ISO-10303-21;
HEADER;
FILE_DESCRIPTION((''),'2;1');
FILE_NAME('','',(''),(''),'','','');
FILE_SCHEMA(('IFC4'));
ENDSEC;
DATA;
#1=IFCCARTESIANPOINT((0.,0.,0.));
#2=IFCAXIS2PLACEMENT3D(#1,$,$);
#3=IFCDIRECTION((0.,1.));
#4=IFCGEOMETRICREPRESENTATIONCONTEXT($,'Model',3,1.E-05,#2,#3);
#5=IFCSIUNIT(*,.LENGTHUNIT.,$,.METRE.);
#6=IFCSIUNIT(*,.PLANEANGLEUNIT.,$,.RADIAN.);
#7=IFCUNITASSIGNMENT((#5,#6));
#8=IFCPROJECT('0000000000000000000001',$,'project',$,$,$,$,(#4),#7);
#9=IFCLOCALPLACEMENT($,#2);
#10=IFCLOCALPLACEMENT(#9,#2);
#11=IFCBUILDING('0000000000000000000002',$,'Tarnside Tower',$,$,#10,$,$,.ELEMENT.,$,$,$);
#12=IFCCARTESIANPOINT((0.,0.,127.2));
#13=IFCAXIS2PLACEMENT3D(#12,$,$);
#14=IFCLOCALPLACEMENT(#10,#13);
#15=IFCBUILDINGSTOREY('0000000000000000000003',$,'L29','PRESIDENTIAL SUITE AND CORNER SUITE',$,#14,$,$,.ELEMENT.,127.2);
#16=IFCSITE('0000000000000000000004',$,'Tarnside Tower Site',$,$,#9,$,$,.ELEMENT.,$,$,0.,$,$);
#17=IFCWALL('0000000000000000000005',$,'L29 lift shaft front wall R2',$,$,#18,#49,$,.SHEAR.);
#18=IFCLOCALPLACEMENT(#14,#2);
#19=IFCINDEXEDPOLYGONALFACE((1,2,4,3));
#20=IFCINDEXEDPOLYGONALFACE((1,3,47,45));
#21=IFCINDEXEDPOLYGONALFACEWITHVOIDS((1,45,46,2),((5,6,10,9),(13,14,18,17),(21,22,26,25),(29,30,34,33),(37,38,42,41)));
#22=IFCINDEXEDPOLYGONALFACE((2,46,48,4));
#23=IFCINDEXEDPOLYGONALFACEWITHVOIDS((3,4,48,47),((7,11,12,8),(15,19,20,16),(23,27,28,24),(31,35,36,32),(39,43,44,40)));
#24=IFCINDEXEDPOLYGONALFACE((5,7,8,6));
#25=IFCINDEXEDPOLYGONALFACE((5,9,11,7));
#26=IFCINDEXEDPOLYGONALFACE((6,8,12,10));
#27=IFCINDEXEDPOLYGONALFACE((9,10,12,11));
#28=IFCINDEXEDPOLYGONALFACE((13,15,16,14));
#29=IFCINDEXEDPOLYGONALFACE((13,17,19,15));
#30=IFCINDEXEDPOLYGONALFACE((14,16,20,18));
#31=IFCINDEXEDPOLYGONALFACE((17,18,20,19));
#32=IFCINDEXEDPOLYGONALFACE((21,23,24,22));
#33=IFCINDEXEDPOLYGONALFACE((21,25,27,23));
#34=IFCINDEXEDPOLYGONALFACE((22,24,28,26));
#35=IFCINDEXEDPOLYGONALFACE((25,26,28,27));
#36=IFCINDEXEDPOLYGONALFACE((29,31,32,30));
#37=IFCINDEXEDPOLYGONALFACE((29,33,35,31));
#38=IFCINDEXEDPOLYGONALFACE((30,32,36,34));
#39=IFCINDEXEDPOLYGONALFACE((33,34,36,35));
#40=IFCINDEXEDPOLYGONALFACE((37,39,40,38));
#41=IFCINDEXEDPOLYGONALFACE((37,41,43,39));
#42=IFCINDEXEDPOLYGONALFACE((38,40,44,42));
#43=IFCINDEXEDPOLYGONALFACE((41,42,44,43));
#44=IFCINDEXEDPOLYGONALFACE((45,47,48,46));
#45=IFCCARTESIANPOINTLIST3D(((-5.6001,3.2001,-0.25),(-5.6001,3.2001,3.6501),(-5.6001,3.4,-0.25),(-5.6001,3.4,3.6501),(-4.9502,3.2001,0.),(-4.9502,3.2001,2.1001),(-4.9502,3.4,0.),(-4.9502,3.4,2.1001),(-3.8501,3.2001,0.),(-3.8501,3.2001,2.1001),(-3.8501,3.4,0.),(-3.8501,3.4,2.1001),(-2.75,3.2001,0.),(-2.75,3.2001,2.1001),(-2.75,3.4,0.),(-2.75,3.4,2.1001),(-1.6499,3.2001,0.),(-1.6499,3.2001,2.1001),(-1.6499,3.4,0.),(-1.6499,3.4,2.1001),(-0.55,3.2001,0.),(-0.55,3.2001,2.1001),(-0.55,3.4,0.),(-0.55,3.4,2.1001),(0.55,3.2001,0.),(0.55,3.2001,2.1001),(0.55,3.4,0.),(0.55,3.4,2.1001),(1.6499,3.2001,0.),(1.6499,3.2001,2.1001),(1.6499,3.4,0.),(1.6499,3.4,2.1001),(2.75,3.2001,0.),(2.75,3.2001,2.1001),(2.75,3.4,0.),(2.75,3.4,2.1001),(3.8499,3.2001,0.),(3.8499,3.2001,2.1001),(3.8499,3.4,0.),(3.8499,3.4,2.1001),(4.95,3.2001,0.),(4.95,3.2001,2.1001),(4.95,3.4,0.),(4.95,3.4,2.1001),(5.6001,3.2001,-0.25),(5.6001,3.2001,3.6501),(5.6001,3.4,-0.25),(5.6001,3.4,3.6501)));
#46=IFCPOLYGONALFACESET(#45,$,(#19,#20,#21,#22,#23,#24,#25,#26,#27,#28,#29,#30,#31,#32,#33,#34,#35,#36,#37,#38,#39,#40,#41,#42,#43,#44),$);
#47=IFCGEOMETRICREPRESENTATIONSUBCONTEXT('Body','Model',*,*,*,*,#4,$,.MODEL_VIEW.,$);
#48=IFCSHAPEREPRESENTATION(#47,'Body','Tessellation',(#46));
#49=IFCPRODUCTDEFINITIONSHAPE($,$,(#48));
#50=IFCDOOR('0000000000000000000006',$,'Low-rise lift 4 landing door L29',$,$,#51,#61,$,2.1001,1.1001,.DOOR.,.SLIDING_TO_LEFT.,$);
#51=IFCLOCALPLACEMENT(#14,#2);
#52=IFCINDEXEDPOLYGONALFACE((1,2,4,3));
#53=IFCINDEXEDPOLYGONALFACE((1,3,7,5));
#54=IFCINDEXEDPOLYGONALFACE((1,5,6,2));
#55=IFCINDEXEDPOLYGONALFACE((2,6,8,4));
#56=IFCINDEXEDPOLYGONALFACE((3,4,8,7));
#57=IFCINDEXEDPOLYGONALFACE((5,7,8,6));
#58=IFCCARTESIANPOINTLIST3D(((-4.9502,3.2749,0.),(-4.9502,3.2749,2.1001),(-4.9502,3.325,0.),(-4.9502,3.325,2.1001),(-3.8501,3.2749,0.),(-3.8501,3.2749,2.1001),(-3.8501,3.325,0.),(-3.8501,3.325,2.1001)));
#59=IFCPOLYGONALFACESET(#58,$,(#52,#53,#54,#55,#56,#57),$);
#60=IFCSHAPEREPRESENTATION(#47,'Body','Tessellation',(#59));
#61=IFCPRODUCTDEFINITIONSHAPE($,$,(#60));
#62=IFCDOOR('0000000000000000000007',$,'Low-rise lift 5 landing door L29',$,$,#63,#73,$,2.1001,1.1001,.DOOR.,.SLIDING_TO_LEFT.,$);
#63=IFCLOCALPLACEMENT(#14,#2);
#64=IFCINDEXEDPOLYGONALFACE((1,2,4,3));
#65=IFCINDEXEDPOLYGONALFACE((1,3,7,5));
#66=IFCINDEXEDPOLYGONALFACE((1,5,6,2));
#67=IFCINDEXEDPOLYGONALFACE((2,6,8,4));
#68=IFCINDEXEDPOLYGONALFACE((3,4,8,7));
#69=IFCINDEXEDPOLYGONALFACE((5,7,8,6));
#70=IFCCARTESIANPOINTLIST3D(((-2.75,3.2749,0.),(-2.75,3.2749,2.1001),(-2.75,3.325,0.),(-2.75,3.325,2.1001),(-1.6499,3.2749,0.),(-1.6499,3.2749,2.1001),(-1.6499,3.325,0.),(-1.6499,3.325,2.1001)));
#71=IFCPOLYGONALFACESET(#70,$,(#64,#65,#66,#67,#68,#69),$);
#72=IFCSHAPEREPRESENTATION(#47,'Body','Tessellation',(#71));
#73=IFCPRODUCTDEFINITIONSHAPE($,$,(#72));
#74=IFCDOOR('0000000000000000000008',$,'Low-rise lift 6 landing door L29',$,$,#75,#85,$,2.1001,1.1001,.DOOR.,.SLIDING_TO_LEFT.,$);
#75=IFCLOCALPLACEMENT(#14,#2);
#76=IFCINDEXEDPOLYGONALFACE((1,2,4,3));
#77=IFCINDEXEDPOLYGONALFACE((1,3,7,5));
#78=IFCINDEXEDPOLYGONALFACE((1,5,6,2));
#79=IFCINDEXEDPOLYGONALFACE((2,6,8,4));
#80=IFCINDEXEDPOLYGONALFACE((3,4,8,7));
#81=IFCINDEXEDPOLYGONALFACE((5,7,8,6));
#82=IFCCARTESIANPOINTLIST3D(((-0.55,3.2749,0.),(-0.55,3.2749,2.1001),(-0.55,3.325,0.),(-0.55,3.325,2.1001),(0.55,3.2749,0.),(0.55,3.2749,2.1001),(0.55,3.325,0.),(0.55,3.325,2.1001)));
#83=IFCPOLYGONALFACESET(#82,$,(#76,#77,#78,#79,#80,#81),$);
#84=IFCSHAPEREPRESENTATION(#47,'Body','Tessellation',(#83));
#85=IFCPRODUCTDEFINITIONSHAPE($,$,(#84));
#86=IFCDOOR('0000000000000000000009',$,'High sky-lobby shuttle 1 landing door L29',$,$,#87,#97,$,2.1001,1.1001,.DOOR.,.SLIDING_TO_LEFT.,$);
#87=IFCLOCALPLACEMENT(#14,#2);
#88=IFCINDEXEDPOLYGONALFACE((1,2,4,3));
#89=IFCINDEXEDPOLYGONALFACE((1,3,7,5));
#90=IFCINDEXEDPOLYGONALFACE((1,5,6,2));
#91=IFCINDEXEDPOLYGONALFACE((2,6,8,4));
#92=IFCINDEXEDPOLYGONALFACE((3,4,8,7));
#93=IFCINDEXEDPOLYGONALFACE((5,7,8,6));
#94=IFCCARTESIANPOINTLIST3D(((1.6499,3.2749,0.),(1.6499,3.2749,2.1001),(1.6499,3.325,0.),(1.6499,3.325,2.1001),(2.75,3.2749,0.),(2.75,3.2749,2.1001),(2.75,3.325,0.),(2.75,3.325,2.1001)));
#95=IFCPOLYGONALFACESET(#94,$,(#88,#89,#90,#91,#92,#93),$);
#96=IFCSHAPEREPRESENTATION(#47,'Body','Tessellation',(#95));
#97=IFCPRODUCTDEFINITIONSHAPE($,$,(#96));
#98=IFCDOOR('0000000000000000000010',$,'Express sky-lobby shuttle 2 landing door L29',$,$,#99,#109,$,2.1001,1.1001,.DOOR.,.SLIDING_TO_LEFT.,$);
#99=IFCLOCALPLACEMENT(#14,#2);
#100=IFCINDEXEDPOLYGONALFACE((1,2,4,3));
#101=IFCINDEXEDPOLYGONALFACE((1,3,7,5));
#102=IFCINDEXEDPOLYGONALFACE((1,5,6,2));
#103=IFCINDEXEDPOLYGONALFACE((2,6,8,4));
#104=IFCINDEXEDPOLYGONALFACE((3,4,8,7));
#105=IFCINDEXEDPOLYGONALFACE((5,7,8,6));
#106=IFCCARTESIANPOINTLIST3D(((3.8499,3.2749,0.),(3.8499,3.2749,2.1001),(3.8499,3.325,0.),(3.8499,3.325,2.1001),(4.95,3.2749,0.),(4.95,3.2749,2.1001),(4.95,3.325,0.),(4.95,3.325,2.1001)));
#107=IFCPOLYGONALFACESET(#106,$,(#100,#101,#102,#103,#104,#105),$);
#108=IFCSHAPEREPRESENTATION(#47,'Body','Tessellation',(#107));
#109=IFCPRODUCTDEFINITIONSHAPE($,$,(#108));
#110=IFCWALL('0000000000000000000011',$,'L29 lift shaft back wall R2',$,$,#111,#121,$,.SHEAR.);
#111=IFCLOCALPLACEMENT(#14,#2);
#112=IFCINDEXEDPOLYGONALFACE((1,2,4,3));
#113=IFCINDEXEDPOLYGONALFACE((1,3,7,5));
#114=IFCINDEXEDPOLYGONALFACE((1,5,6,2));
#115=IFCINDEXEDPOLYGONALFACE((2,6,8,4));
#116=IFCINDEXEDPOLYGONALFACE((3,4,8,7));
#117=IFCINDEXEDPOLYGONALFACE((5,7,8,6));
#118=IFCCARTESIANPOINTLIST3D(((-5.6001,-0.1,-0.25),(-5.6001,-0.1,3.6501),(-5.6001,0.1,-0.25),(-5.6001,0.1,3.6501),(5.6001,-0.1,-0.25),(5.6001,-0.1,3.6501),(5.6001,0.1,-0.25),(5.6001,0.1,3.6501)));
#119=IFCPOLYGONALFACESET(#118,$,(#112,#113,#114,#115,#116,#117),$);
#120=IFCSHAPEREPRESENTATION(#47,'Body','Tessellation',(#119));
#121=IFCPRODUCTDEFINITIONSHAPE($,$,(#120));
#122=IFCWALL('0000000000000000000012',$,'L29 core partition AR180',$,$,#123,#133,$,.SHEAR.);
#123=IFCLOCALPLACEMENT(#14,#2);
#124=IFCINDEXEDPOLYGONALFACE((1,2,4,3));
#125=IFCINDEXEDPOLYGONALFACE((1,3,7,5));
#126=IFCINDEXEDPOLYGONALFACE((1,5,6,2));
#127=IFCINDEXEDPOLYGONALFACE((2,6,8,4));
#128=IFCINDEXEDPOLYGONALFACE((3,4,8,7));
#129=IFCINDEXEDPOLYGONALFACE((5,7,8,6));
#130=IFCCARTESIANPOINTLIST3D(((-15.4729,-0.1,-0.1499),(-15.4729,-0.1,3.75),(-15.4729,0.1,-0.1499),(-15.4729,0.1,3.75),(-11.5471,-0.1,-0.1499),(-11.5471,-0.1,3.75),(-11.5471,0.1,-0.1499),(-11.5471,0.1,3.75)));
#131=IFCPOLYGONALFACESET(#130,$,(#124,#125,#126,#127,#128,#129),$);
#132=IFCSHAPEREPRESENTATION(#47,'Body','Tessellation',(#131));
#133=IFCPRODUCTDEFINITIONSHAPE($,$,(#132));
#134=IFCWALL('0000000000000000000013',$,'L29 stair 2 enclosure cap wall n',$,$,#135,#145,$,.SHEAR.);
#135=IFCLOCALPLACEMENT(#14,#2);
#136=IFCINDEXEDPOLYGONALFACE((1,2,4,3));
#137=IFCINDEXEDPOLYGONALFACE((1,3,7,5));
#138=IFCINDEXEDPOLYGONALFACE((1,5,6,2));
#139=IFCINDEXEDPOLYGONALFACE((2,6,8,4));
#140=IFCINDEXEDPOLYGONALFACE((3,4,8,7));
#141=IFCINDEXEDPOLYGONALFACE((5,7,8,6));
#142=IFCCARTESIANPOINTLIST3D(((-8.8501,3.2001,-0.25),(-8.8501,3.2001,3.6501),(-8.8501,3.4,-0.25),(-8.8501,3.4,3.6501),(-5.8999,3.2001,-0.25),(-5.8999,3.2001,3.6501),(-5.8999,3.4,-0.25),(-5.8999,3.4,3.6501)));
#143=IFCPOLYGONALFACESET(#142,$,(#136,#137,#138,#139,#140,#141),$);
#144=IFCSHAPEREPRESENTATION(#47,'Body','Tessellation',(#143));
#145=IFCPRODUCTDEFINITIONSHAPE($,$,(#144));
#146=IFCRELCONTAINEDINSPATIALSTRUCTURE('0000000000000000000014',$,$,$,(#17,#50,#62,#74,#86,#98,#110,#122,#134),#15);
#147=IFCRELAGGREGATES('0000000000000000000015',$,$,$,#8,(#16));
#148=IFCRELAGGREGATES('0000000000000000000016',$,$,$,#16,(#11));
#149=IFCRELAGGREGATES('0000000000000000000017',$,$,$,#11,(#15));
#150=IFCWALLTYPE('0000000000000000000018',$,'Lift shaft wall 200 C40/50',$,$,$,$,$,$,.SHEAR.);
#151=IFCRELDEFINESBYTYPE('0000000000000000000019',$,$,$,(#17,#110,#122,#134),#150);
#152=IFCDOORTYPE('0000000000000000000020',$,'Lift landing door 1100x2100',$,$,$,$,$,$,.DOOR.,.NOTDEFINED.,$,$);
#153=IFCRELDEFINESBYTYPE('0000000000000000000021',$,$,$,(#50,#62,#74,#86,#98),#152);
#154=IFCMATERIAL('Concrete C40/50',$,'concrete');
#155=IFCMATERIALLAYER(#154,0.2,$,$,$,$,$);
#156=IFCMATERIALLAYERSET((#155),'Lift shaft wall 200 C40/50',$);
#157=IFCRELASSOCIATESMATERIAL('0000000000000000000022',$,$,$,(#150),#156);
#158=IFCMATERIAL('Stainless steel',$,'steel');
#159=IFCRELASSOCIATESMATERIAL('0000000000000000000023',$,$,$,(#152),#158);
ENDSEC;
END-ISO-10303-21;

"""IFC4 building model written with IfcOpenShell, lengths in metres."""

from ifc_helpers import new_model, si_unit, direction, frame, frame_2d, origin, place, context, subcontext, project, spatial, rectangle, extrude, material, layer, layer_set, type_object, element, fill, save


model = new_model("IFC4")

# Units and contexts
model_context = context("Model", 3, precision=1e-05, world=origin(), true_north=direction((0.0, 1.0)))
body_context = subcontext(model_context, "Body", "Model", "MODEL_VIEW")
ifc_project = project(units=[si_unit("LENGTHUNIT", "METRE"), si_unit("PLANEANGLEUNIT", "RADIAN")], contexts=[model_context])

# Site, building, storey
site_placement = place(None, origin())
site = spatial("IfcSite", under=ifc_project, at=site_placement, Name="Tarnside Tower Site", CompositionType="ELEMENT", RefElevation=0.0)
building_placement = place(site_placement, origin())
building = spatial("IfcBuilding", under=site, at=building_placement, Name="Tarnside Tower", CompositionType="ELEMENT")
storey_placement = place(building_placement, frame((0.0, 0.0, 127.2)))
storey = spatial("IfcBuildingStorey", under=building, at=storey_placement, Name="L29", Description="PRESIDENTIAL SUITE AND CORNER SUITE", CompositionType="ELEMENT", Elevation=127.2)

# Wall, openings, doors
ifc_material_1 = material(Name="Concrete C40/50", Category="concrete")
ifc_layer_1 = layer(ifc_material_1, 0.2)
ifc_layer_set_1 = layer_set([ifc_layer_1], Name="Lift shaft wall 200 C40/50")
wall_type_1 = type_object("IfcWallType", Name="Lift shaft wall 200 C40/50", PredefinedType="SHEAR", material=ifc_layer_set_1)
wall_1_placement = place(storey_placement, frame((-5.6001, 3.3, -0.25), z_axis=(0.0, 0.0, 1.0), x_axis=(1.0, 0.0, 0.0)))
wall_1 = element("IfcWall", 1, at=wall_1_placement, inside=storey, type_object=wall_type_1, Name="L29 lift shaft front wall R2", PredefinedType="SHEAR", context=body_context, shape_type="SweptSolid", body=[
    extrude(rectangle(XDim=11.2002, YDim=0.2, at=frame_2d((5.6001, 0.0))), origin(), (0.0, 0.0, 1.0), 3.9001),
])
opening_1_placement = place(wall_1_placement, frame((0.6499, 0.0, 0.25)))
opening_1 = element("IfcOpeningElement", 2, at=opening_1_placement, cuts=wall_1, PredefinedType="OPENING", context=body_context, shape_type="SweptSolid", body=[
    extrude(rectangle(XDim=1.1001, YDim=2.1001, at=frame_2d((0.55, 1.05))), frame((0.0, 0.1099, 0.0), z_axis=(0.0, -1.0, 0.0), x_axis=(1.0, 0.0, 0.0)), (0.0, 0.0, 1.0), 0.22),
])
opening_2_placement = place(wall_1_placement, frame((2.8501, 0.0, 0.25)))
opening_2 = element("IfcOpeningElement", 3, at=opening_2_placement, cuts=wall_1, PredefinedType="OPENING", context=body_context, shape_type="SweptSolid", body=[
    extrude(rectangle(XDim=1.1001, YDim=2.1001, at=frame_2d((0.55, 1.05))), frame((0.0, 0.1099, 0.0), z_axis=(0.0, -1.0, 0.0), x_axis=(1.0, 0.0, 0.0)), (0.0, 0.0, 1.0), 0.22),
])
opening_3_placement = place(wall_1_placement, frame((5.05, 0.0, 0.25)))
opening_3 = element("IfcOpeningElement", 4, at=opening_3_placement, cuts=wall_1, PredefinedType="OPENING", context=body_context, shape_type="SweptSolid", body=[
    extrude(rectangle(XDim=1.1001, YDim=2.1001, at=frame_2d((0.55, 1.05))), frame((0.0, 0.1099, 0.0), z_axis=(0.0, -1.0, 0.0), x_axis=(1.0, 0.0, 0.0)), (0.0, 0.0, 1.0), 0.22),
])
opening_4_placement = place(wall_1_placement, frame((7.25, 0.0, 0.25)))
opening_4 = element("IfcOpeningElement", 5, at=opening_4_placement, cuts=wall_1, PredefinedType="OPENING", context=body_context, shape_type="SweptSolid", body=[
    extrude(rectangle(XDim=1.1001, YDim=2.1001, at=frame_2d((0.55, 1.05))), frame((0.0, 0.1099, 0.0), z_axis=(0.0, -1.0, 0.0), x_axis=(1.0, 0.0, 0.0)), (0.0, 0.0, 1.0), 0.22),
])
opening_5_placement = place(wall_1_placement, frame((9.45, 0.0, 0.25)))
opening_5 = element("IfcOpeningElement", 6, at=opening_5_placement, cuts=wall_1, PredefinedType="OPENING", context=body_context, shape_type="SweptSolid", body=[
    extrude(rectangle(XDim=1.1001, YDim=2.1001, at=frame_2d((0.55, 1.05))), frame((0.0, 0.1099, 0.0), z_axis=(0.0, -1.0, 0.0), x_axis=(1.0, 0.0, 0.0)), (0.0, 0.0, 1.0), 0.22),
])
ifc_material_2 = material(Name="Stainless steel", Category="steel")
door_type_1 = type_object("IfcDoorType", Name="Lift landing door 1100x2100", OperationType="NOTDEFINED", PredefinedType="DOOR", material=ifc_material_2)
door_1_placement = place(opening_1_placement, origin())
door_1 = element("IfcDoor", 7, at=door_1_placement, inside=storey, type_object=door_type_1, Name="Low-rise lift 4 landing door L29", OperationType="SLIDING_TO_LEFT", OverallHeight=2.1001, OverallWidth=1.1001, PredefinedType="DOOR", context=body_context, shape_type="SweptSolid", body=[
    extrude(rectangle(XDim=1.1001, YDim=2.1001, at=frame_2d((0.55, 1.05))), frame((0.0, 0.0249, 0.0), z_axis=(0.0, -1.0, 0.0), x_axis=(1.0, 0.0, 0.0)), (0.0, 0.0, 1.0), 0.05),
])
fill(opening_1, door_1)
door_2_placement = place(opening_2_placement, origin())
door_2 = element("IfcDoor", 8, at=door_2_placement, inside=storey, type_object=door_type_1, Name="Low-rise lift 5 landing door L29", OperationType="SLIDING_TO_LEFT", OverallHeight=2.1001, OverallWidth=1.1001, PredefinedType="DOOR", context=body_context, shape_type="SweptSolid", body=[
    extrude(rectangle(XDim=1.1001, YDim=2.1001, at=frame_2d((0.55, 1.05))), frame((0.0, 0.0249, 0.0), z_axis=(0.0, -1.0, 0.0), x_axis=(1.0, 0.0, 0.0)), (0.0, 0.0, 1.0), 0.05),
])
fill(opening_2, door_2)
door_3_placement = place(opening_3_placement, origin())
door_3 = element("IfcDoor", 9, at=door_3_placement, inside=storey, type_object=door_type_1, Name="Low-rise lift 6 landing door L29", OperationType="SLIDING_TO_LEFT", OverallHeight=2.1001, OverallWidth=1.1001, PredefinedType="DOOR", context=body_context, shape_type="SweptSolid", body=[
    extrude(rectangle(XDim=1.1001, YDim=2.1001, at=frame_2d((0.55, 1.05))), frame((0.0, 0.0249, 0.0), z_axis=(0.0, -1.0, 0.0), x_axis=(1.0, 0.0, 0.0)), (0.0, 0.0, 1.0), 0.05),
])
fill(opening_3, door_3)
door_4_placement = place(opening_4_placement, origin())
door_4 = element("IfcDoor", 10, at=door_4_placement, inside=storey, type_object=door_type_1, Name="High sky-lobby shuttle 1 landing door L29", OperationType="SLIDING_TO_LEFT", OverallHeight=2.1001, OverallWidth=1.1001, PredefinedType="DOOR", context=body_context, shape_type="SweptSolid", body=[
    extrude(rectangle(XDim=1.1001, YDim=2.1001, at=frame_2d((0.55, 1.05))), frame((0.0, 0.0249, 0.0), z_axis=(0.0, -1.0, 0.0), x_axis=(1.0, 0.0, 0.0)), (0.0, 0.0, 1.0), 0.05),
])
fill(opening_4, door_4)
door_5_placement = place(opening_5_placement, origin())
door_5 = element("IfcDoor", 11, at=door_5_placement, inside=storey, type_object=door_type_1, Name="Express sky-lobby shuttle 2 landing door L29", OperationType="SLIDING_TO_LEFT", OverallHeight=2.1001, OverallWidth=1.1001, PredefinedType="DOOR", context=body_context, shape_type="SweptSolid", body=[
    extrude(rectangle(XDim=1.1001, YDim=2.1001, at=frame_2d((0.55, 1.05))), frame((0.0, 0.0249, 0.0), z_axis=(0.0, -1.0, 0.0), x_axis=(1.0, 0.0, 0.0)), (0.0, 0.0, 1.0), 0.05),
])
fill(opening_5, door_5)

# Walls
wall_2_placement = place(storey_placement, frame((-5.6001, 0.0, -0.25), z_axis=(0.0, 0.0, 1.0), x_axis=(1.0, 0.0, 0.0)))
element("IfcWall", 12, at=wall_2_placement, inside=storey, type_object=wall_type_1, Name="L29 lift shaft back wall R2", PredefinedType="SHEAR", context=body_context, shape_type="SweptSolid", body=[
    extrude(rectangle(XDim=11.2002, YDim=0.2, at=frame_2d((5.6001, 0.0))), origin(), (0.0, 0.0, 1.0), 3.9001),
])
wall_3_placement = place(storey_placement, frame((-11.5471, 0.0, -0.1499), z_axis=(0.0, 0.0, 1.0), x_axis=(-1.0, 0.0, 0.0)))
element("IfcWall", 13, at=wall_3_placement, inside=storey, type_object=wall_type_1, Name="L29 core partition AR180", PredefinedType="SHEAR", context=body_context, shape_type="SweptSolid", body=[
    extrude(rectangle(XDim=3.9258, YDim=0.2, at=frame_2d((1.9629, 0.0))), origin(), (0.0, 0.0, 1.0), 3.8999),
])
wall_4_placement = place(storey_placement, frame((-8.8501, 3.3, -0.25), z_axis=(0.0, 0.0, 1.0), x_axis=(1.0, 0.0, 0.0)))
element("IfcWall", 14, at=wall_4_placement, inside=storey, type_object=wall_type_1, Name="L29 stair 2 enclosure cap wall n", PredefinedType="SHEAR", context=body_context, shape_type="SweptSolid", body=[
    extrude(rectangle(XDim=2.9502, YDim=0.2, at=frame_2d((1.4751, 0.0))), origin(), (0.0, 0.0, 1.0), 3.9001),
])

save(model, "model.ifc")
